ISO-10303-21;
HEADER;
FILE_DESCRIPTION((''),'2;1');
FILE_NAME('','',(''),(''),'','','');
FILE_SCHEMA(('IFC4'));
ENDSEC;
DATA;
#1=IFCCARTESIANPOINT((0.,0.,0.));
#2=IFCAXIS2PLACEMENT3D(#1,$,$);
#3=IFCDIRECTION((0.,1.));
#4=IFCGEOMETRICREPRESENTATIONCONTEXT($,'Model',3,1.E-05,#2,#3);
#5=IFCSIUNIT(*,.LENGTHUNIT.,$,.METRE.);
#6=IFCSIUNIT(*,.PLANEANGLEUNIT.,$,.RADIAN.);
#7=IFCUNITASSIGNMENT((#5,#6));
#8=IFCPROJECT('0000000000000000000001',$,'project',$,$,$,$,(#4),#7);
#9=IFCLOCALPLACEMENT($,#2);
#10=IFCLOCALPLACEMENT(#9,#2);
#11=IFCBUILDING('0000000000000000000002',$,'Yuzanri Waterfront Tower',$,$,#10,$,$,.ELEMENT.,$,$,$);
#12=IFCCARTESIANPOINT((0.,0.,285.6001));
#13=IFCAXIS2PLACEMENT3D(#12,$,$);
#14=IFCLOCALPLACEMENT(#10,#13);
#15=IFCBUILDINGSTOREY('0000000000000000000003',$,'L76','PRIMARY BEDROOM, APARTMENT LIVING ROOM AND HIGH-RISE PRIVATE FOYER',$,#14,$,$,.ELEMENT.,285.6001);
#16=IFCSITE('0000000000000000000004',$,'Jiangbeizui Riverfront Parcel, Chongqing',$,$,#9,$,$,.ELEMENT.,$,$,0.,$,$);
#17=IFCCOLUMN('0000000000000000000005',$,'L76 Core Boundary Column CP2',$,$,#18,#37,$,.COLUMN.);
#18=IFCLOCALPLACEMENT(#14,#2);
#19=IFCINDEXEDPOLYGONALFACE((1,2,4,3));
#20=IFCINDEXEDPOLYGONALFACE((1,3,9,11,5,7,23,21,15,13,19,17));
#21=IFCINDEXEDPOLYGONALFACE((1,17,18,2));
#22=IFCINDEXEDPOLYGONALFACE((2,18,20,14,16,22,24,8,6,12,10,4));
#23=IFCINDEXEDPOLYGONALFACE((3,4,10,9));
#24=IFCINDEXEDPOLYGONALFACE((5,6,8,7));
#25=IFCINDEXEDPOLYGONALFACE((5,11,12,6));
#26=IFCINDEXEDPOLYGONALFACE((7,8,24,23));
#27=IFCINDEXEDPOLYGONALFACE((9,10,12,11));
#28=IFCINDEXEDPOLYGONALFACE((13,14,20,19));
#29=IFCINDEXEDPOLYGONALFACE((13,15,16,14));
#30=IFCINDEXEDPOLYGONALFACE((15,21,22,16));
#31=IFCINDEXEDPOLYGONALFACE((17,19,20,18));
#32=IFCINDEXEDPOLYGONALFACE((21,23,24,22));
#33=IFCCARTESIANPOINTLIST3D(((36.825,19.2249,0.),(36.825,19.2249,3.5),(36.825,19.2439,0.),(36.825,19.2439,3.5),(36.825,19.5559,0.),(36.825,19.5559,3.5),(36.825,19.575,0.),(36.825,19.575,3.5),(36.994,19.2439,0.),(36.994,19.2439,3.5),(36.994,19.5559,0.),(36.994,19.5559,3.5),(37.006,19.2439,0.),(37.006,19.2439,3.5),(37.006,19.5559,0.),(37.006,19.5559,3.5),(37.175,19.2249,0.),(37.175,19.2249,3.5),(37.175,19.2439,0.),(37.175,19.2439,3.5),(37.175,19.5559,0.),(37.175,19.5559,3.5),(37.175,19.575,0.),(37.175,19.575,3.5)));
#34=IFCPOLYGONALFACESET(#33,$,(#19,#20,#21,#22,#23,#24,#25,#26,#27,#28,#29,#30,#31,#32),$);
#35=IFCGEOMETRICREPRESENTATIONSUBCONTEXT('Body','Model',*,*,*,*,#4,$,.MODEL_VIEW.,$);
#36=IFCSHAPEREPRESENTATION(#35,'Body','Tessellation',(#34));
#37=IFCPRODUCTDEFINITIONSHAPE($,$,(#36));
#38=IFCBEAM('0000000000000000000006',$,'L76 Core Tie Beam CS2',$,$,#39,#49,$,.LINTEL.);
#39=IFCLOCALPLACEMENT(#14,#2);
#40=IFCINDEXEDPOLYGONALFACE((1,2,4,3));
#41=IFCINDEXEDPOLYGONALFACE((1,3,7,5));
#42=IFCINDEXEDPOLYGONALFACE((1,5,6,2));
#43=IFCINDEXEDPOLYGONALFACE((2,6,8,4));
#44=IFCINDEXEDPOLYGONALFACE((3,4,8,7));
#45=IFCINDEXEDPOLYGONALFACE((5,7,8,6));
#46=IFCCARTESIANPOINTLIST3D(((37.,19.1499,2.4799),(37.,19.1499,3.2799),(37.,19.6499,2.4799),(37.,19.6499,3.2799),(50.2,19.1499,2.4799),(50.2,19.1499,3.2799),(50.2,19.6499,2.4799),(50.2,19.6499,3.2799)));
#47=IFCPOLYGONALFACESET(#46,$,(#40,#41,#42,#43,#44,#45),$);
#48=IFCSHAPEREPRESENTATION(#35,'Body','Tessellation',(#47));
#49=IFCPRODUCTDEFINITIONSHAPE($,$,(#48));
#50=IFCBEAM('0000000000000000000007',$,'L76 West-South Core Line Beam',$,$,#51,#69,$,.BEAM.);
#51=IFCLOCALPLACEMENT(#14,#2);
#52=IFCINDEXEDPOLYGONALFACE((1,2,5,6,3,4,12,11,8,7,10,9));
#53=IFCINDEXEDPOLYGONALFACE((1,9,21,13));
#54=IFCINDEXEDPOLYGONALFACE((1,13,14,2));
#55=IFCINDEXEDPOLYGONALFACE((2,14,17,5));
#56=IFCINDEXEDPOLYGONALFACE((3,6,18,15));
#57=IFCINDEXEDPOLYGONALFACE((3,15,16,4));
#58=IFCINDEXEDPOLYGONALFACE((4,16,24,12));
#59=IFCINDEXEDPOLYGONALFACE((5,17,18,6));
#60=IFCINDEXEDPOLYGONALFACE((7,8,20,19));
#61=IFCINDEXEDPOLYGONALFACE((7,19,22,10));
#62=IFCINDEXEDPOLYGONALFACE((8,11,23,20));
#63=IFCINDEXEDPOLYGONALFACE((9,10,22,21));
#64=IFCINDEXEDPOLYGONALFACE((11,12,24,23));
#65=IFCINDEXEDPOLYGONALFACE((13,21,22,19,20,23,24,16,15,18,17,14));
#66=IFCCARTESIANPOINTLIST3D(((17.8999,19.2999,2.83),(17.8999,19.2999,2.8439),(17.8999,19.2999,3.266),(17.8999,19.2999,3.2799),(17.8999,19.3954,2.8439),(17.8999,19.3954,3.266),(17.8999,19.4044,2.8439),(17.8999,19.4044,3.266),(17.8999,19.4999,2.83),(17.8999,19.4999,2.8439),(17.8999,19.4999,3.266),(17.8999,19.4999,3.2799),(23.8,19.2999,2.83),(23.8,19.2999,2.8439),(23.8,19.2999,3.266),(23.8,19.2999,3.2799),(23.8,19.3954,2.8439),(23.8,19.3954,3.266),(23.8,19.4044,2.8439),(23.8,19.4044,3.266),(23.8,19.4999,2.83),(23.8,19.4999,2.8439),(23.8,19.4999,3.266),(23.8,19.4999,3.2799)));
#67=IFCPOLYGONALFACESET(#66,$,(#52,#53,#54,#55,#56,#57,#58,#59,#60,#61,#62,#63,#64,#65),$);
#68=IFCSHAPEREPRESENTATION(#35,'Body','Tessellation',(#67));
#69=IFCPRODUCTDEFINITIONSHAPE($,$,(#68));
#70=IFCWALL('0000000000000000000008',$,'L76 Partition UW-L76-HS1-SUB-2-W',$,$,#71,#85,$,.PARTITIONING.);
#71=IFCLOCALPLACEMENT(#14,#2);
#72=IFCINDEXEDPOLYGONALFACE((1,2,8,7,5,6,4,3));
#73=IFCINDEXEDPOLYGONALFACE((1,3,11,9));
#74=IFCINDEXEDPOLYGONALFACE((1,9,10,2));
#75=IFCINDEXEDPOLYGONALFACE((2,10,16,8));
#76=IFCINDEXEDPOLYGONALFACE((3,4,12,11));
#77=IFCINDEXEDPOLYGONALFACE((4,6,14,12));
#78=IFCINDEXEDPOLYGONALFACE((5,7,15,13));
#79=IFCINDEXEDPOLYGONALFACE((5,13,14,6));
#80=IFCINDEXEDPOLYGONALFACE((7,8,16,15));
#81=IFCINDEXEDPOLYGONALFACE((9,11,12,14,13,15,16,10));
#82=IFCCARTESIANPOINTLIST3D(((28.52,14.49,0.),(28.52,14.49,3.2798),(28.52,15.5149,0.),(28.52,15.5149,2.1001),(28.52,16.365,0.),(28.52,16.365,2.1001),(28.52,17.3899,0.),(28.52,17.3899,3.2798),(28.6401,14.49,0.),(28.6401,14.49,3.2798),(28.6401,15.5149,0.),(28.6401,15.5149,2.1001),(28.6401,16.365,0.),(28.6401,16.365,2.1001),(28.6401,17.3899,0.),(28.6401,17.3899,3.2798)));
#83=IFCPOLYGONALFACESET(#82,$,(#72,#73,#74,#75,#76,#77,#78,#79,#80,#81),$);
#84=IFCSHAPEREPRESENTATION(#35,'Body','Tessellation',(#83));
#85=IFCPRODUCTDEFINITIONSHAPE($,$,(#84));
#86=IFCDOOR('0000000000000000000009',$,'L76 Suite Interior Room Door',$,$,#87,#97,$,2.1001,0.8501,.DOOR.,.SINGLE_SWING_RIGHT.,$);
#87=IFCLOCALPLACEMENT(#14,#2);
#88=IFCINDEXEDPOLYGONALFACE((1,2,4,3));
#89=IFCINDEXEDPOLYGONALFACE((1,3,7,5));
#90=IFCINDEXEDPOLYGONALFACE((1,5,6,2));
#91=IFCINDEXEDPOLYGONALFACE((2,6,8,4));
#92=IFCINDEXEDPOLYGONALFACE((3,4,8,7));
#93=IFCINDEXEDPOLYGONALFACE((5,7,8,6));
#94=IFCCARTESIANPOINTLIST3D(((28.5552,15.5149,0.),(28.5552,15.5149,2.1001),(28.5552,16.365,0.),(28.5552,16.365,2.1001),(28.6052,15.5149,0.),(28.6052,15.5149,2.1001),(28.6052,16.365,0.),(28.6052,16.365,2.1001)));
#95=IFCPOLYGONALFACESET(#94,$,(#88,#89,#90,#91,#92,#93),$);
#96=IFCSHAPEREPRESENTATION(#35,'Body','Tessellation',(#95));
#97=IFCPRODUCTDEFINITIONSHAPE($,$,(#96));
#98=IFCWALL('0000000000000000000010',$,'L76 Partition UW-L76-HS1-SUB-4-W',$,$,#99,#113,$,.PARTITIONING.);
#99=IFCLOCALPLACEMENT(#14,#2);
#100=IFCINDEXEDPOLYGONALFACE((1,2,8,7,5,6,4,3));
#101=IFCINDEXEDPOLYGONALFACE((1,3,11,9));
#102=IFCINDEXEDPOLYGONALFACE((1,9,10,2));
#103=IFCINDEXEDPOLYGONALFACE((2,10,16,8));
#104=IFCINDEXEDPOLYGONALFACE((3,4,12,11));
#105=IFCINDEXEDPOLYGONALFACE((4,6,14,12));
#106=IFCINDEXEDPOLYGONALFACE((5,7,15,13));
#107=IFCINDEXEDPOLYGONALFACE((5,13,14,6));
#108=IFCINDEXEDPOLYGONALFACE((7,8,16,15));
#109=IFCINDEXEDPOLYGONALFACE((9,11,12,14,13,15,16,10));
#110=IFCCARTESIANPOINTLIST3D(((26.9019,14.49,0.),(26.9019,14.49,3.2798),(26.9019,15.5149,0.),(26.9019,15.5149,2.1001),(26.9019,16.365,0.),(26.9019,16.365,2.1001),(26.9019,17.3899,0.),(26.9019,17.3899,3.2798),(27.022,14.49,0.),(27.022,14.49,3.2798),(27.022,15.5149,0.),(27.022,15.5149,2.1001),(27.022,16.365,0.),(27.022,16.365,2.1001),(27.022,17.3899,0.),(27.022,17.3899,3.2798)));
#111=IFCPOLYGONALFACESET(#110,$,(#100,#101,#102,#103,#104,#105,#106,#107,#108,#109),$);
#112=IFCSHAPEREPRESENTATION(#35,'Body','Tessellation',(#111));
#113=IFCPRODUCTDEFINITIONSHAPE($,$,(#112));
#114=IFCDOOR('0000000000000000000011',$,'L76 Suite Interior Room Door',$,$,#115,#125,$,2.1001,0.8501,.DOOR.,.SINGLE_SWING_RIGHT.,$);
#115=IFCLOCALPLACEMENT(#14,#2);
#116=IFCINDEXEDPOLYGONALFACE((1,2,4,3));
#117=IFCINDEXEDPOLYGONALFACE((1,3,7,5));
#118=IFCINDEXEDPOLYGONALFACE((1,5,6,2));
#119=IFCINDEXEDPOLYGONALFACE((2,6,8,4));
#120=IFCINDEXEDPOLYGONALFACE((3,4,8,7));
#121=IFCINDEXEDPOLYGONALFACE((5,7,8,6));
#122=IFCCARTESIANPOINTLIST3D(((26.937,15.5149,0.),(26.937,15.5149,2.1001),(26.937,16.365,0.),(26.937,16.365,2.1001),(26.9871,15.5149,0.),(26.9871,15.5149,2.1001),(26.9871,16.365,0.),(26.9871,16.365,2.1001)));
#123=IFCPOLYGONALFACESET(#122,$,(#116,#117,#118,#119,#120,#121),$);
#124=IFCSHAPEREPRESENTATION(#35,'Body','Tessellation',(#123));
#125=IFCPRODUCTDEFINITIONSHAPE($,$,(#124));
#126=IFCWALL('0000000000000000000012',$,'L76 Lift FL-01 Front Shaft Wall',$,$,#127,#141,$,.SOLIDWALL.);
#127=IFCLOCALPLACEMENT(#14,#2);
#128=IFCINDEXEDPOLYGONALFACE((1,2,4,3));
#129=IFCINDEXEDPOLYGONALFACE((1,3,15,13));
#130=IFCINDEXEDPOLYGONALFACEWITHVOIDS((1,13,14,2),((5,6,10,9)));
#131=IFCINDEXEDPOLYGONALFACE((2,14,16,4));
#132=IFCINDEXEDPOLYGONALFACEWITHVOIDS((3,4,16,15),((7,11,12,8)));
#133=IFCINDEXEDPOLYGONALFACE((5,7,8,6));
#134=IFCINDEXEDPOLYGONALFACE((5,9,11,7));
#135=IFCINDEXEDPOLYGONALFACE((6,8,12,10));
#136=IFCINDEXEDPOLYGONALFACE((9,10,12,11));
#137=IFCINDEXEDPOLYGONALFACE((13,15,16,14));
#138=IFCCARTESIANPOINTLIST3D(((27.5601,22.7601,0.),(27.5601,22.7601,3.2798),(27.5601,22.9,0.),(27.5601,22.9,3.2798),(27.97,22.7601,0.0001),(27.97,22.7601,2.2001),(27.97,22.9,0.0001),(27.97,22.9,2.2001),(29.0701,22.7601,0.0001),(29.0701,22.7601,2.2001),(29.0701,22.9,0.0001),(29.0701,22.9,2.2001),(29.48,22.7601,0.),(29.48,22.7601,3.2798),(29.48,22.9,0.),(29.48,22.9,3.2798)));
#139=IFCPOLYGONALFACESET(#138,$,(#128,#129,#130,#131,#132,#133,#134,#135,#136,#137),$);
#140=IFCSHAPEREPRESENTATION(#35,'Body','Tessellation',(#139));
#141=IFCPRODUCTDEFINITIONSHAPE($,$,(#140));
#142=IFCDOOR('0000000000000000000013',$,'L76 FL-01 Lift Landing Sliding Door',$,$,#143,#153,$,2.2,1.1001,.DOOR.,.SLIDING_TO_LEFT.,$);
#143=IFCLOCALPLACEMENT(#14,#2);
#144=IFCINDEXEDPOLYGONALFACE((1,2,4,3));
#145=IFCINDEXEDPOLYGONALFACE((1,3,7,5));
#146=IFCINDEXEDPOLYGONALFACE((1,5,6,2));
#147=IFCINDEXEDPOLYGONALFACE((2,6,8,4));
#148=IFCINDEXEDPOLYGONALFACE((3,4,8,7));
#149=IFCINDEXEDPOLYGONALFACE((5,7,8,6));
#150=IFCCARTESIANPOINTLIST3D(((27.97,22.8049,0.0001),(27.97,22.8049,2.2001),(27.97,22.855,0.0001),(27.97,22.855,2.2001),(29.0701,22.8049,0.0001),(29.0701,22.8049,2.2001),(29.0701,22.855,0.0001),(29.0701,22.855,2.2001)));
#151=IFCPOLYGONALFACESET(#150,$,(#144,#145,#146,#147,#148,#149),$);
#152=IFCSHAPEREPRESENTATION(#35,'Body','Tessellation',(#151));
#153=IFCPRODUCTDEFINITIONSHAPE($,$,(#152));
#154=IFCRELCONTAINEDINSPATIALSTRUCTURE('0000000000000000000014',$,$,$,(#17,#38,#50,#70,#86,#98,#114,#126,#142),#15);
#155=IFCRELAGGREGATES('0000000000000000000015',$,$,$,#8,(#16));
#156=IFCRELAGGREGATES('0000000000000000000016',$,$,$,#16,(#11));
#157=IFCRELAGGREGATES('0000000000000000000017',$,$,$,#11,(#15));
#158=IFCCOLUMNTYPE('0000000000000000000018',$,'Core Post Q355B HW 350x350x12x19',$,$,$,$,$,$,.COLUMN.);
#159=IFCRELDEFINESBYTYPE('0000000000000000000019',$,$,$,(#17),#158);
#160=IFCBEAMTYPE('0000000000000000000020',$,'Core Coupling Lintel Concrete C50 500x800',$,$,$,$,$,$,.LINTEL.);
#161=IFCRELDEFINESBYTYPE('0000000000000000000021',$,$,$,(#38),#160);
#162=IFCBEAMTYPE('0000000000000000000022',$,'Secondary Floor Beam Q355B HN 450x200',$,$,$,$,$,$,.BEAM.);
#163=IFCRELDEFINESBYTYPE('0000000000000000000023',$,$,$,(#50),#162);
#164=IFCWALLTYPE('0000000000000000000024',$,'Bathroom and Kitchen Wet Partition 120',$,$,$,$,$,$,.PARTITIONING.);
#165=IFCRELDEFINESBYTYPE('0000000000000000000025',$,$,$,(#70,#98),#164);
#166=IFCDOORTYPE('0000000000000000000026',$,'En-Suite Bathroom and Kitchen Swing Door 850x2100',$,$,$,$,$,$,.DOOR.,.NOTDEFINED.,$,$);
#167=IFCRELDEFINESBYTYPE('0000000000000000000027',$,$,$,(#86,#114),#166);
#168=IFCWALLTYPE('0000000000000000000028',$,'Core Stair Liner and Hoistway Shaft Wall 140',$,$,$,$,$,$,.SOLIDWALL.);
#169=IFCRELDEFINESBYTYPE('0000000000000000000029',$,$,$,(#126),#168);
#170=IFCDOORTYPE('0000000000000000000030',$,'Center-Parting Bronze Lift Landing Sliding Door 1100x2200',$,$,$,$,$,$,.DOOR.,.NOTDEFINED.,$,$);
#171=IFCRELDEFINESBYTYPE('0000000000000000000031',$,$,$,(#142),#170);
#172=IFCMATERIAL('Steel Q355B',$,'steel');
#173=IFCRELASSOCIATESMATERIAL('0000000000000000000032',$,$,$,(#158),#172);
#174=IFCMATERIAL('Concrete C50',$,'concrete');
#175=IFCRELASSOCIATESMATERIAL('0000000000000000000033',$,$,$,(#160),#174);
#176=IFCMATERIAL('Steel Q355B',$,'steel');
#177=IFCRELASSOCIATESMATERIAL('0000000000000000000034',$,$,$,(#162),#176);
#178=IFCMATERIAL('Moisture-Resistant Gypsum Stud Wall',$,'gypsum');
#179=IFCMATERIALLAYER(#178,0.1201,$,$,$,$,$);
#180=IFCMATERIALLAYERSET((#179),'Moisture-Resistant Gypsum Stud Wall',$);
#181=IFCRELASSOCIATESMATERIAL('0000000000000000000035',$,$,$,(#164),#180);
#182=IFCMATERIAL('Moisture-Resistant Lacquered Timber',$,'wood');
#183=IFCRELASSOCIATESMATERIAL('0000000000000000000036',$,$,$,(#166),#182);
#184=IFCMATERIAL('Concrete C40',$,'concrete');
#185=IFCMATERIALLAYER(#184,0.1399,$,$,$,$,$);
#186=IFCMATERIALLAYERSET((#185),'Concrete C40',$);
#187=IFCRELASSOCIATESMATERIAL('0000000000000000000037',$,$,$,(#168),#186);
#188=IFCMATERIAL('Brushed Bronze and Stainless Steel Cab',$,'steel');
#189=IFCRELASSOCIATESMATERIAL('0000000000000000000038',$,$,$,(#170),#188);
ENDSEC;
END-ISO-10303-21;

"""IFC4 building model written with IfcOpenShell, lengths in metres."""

from ifc_helpers import new_model, si_unit, direction, frame, frame_2d, origin, origin_2d, place, context, subcontext, project, spatial, rectangle, i_section, extrude, source, transform, mapped, material, layer, layer_set, material_profile, profile_set, type_object, element, fill, save


model = new_model("IFC4")

# Units and contexts
model_context = context("Model", 3, precision=1e-05, world=origin(), true_north=direction((0.0, 1.0)))
body_context = subcontext(model_context, "Body", "Model", "MODEL_VIEW")
ifc_project = project(units=[si_unit("LENGTHUNIT", "METRE"), si_unit("PLANEANGLEUNIT", "RADIAN")], contexts=[model_context])

# Site, building, storey
site_placement = place(None, origin())
site = spatial("IfcSite", under=ifc_project, at=site_placement, Name="Jiangbeizui Riverfront Parcel, Chongqing", CompositionType="ELEMENT", RefElevation=0.0)
building_placement = place(site_placement, origin())
building = spatial("IfcBuilding", under=site, at=building_placement, Name="Yuzanri Waterfront Tower", CompositionType="ELEMENT")
storey_placement = place(building_placement, frame((0.0, 0.0, 285.6001)))
storey = spatial("IfcBuildingStorey", under=building, at=storey_placement, Name="L76", Description="PRIMARY BEDROOM, APARTMENT LIVING ROOM AND HIGH-RISE PRIVATE FOYER", CompositionType="ELEMENT", Elevation=285.6001)

# Column
ifc_material_1 = material(Name="Steel Q355B", Category="steel")
ifc_material_profile_1 = material_profile(ifc_material_1, i_section(OverallWidth=0.3501, OverallDepth=0.3501, WebThickness=0.012, FlangeThickness=0.019, at=origin_2d()), Name="HW 350x350x12x19")
ifc_profile_set_1 = profile_set([ifc_material_profile_1], Name="Steel Q355B")
column_type = type_object("IfcColumnType", Name="Core Post Q355B HW 350x350x12x19", PredefinedType="COLUMN", material=ifc_profile_set_1)
shared_shape_1 = source(origin(), body_context, "Body", "SweptSolid", [
    extrude(i_section(OverallWidth=0.3501, OverallDepth=0.3501, WebThickness=0.012, FlangeThickness=0.019, at=origin_2d()), origin(), (0.0, 0.0, 1.0), 3.5),
])
column_placement = place(storey_placement, frame((37.0, 19.3999, 0.0), z_axis=(0.0, 0.0, 1.0), x_axis=(1.0, 0.0, 0.0)))
element("IfcColumn", 1, at=column_placement, inside=storey, type_object=column_type, Name="L76 Core Boundary Column CP2", PredefinedType="COLUMN", context=body_context, shape_type="MappedRepresentation", body=[
    mapped(shared_shape_1, transform((0.0, 0.0, 0.0), scale=1.0)),
])

# Beams
ifc_material_2 = material(Name="Concrete C50", Category="concrete")
ifc_material_profile_2 = material_profile(ifc_material_2, rectangle(XDim=0.5, YDim=0.8, at=origin_2d()), Name="RC 500x800")
ifc_profile_set_2 = profile_set([ifc_material_profile_2], Name="Concrete C50")
beam_type_1 = type_object("IfcBeamType", Name="Core Coupling Lintel Concrete C50 500x800", PredefinedType="LINTEL", material=ifc_profile_set_2)
shared_shape_2 = source(origin(), body_context, "Body", "SweptSolid", [
    extrude(rectangle(XDim=0.5, YDim=0.8, at=origin_2d()), origin(), (0.0, 0.0, 1.0), 13.2),
])
beam_1_placement = place(storey_placement, frame((37.0, 19.3999, 2.8799), z_axis=(1.0, 0.0, 0.0), x_axis=(0.0, 1.0, 0.0)))
element("IfcBeam", 2, at=beam_1_placement, inside=storey, type_object=beam_type_1, Name="L76 Core Tie Beam CS2", PredefinedType="LINTEL", context=body_context, shape_type="MappedRepresentation", body=[
    mapped(shared_shape_2, transform((0.0, 0.0, 0.0), scale=1.0)),
])
ifc_material_3 = material(Name="Steel Q355B", Category="steel")
ifc_material_profile_3 = material_profile(ifc_material_3, i_section(OverallWidth=0.2, OverallDepth=0.45, WebThickness=0.009, FlangeThickness=0.0139, at=origin_2d()), Name="HN 450x200x9x14")
ifc_profile_set_3 = profile_set([ifc_material_profile_3], Name="Steel Q355B")
beam_type_2 = type_object("IfcBeamType", Name="Secondary Floor Beam Q355B HN 450x200", PredefinedType="BEAM", material=ifc_profile_set_3)
shared_shape_3 = source(origin(), body_context, "Body", "SweptSolid", [
    extrude(i_section(OverallWidth=0.2, OverallDepth=0.45, WebThickness=0.009, FlangeThickness=0.0139, at=origin_2d()), origin(), (0.0, 0.0, 1.0), 5.9001),
])
beam_2_placement = place(storey_placement, frame((23.8, 19.3999, 3.0549), z_axis=(-1.0, 0.0, 0.0), x_axis=(0.0, -1.0, 0.0)))
element("IfcBeam", 3, at=beam_2_placement, inside=storey, type_object=beam_type_2, Name="L76 West-South Core Line Beam", PredefinedType="BEAM", context=body_context, shape_type="MappedRepresentation", body=[
    mapped(shared_shape_3, transform((0.0, 0.0, 0.0), scale=1.0)),
])

# Walls, openings, doors
ifc_material_4 = material(Name="Moisture-Resistant Gypsum Stud Wall", Category="gypsum")
ifc_layer_1 = layer(ifc_material_4, 0.1201)
ifc_layer_set_1 = layer_set([ifc_layer_1], Name="Moisture-Resistant Gypsum Stud Wall")
wall_type_1 = type_object("IfcWallType", Name="Bathroom and Kitchen Wet Partition 120", PredefinedType="PARTITIONING", material=ifc_layer_set_1)
wall_1_placement = place(storey_placement, frame((28.5801, 14.49, 0.0), z_axis=(0.0, 0.0, 1.0), x_axis=(0.0, 1.0, 0.0)))
wall_1 = element("IfcWall", 4, at=wall_1_placement, inside=storey, type_object=wall_type_1, Name="L76 Partition UW-L76-HS1-SUB-2-W", PredefinedType="PARTITIONING", context=body_context, shape_type="SweptSolid", body=[
    extrude(rectangle(XDim=2.8999, YDim=0.1201, at=frame_2d((1.45, 0.0))), origin(), (0.0, 0.0, 1.0), 3.2798),
])
opening_1_placement = place(wall_1_placement, frame((1.0249, 0.0, 0.0)))
opening_1 = element("IfcOpeningElement", 5, at=opening_1_placement, cuts=wall_1, PredefinedType="OPENING", context=body_context, shape_type="SweptSolid", body=[
    extrude(rectangle(XDim=0.8501, YDim=2.1001, at=frame_2d((0.425, 1.05))), frame((0.0, 0.075, 0.0), z_axis=(0.0, -1.0, 0.0), x_axis=(1.0, 0.0, 0.0)), (0.0, 0.0, 1.0), 0.1499),
])
ifc_material_5 = material(Name="Moisture-Resistant Lacquered Timber", Category="wood")
door_type_1 = type_object("IfcDoorType", Name="En-Suite Bathroom and Kitchen Swing Door 850x2100", OperationType="NOTDEFINED", PredefinedType="DOOR", material=ifc_material_5)
shared_shape_4 = source(origin(), body_context, "Body", "SweptSolid", [
    extrude(rectangle(XDim=0.8501, YDim=2.1001, at=frame_2d((0.425, 1.05))), frame((0.0, 0.0249, 0.0), z_axis=(0.0, -1.0, 0.0), x_axis=(1.0, 0.0, 0.0)), (0.0, 0.0, 1.0), 0.05),
])
door_1_placement = place(opening_1_placement, origin())
door_1 = element("IfcDoor", 6, at=door_1_placement, inside=storey, type_object=door_type_1, Name="L76 Suite Interior Room Door", OperationType="SINGLE_SWING_RIGHT", OverallHeight=2.1001, OverallWidth=0.8501, PredefinedType="DOOR", context=body_context, shape_type="MappedRepresentation", body=[
    mapped(shared_shape_4, transform((0.0, 0.0, 0.0), scale=1.0)),
])
fill(opening_1, door_1)
wall_2_placement = place(storey_placement, frame((26.9619, 14.49, 0.0), z_axis=(0.0, 0.0, 1.0), x_axis=(0.0, 1.0, 0.0)))
wall_2 = element("IfcWall", 7, at=wall_2_placement, inside=storey, type_object=wall_type_1, Name="L76 Partition UW-L76-HS1-SUB-4-W", PredefinedType="PARTITIONING", context=body_context, shape_type="SweptSolid", body=[
    extrude(rectangle(XDim=2.8999, YDim=0.1201, at=frame_2d((1.45, 0.0))), origin(), (0.0, 0.0, 1.0), 3.2798),
])
opening_2_placement = place(wall_2_placement, frame((1.0249, 0.0, 0.0)))
opening_2 = element("IfcOpeningElement", 8, at=opening_2_placement, cuts=wall_2, PredefinedType="OPENING", context=body_context, shape_type="SweptSolid", body=[
    extrude(rectangle(XDim=0.8501, YDim=2.1001, at=frame_2d((0.425, 1.05))), frame((0.0, 0.075, 0.0), z_axis=(0.0, -1.0, 0.0), x_axis=(1.0, 0.0, 0.0)), (0.0, 0.0, 1.0), 0.1499),
])
door_2_placement = place(opening_2_placement, origin())
door_2 = element("IfcDoor", 9, at=door_2_placement, inside=storey, type_object=door_type_1, Name="L76 Suite Interior Room Door", OperationType="SINGLE_SWING_RIGHT", OverallHeight=2.1001, OverallWidth=0.8501, PredefinedType="DOOR", context=body_context, shape_type="MappedRepresentation", body=[
    mapped(shared_shape_4, transform((0.0, 0.0, 0.0), scale=1.0)),
])
fill(opening_2, door_2)
ifc_material_6 = material(Name="Concrete C40", Category="concrete")
ifc_layer_2 = layer(ifc_material_6, 0.1399)
ifc_layer_set_2 = layer_set([ifc_layer_2], Name="Concrete C40")
wall_type_2 = type_object("IfcWallType", Name="Core Stair Liner and Hoistway Shaft Wall 140", PredefinedType="SOLIDWALL", material=ifc_layer_set_2)
wall_3_placement = place(storey_placement, frame((27.5601, 22.8301, 0.0), z_axis=(0.0, 0.0, 1.0), x_axis=(1.0, 0.0, 0.0)))
wall_3 = element("IfcWall", 10, at=wall_3_placement, inside=storey, type_object=wall_type_2, Name="L76 Lift FL-01 Front Shaft Wall", PredefinedType="SOLIDWALL", context=body_context, shape_type="SweptSolid", body=[
    extrude(rectangle(XDim=1.9199, YDim=0.1399, at=frame_2d((0.96, 0.0))), origin(), (0.0, 0.0, 1.0), 3.2798),
])
opening_3_placement = place(wall_3_placement, frame((0.4099, 0.0, 0.0)))
opening_3 = element("IfcOpeningElement", 11, at=opening_3_placement, cuts=wall_3, PredefinedType="OPENING", context=body_context, shape_type="SweptSolid", body=[
    extrude(rectangle(XDim=1.1001, YDim=2.2, at=frame_2d((0.55, 1.1001))), frame((0.0, 0.085, 0.0), z_axis=(0.0, -1.0, 0.0), x_axis=(1.0, 0.0, 0.0)), (0.0, 0.0, 1.0), 0.1697),
])
ifc_material_7 = material(Name="Brushed Bronze and Stainless Steel Cab", Category="steel")
door_type_2 = type_object("IfcDoorType", Name="Center-Parting Bronze Lift Landing Sliding Door 1100x2200", OperationType="NOTDEFINED", PredefinedType="DOOR", material=ifc_material_7)
shared_shape_5 = source(origin(), body_context, "Body", "SweptSolid", [
    extrude(rectangle(XDim=1.1001, YDim=2.2, at=frame_2d((0.55, 1.1001))), frame((0.0, 0.0249, 0.0), z_axis=(0.0, -1.0, 0.0), x_axis=(1.0, 0.0, 0.0)), (0.0, 0.0, 1.0), 0.05),
])
door_3_placement = place(opening_3_placement, origin())
door_3 = element("IfcDoor", 12, at=door_3_placement, inside=storey, type_object=door_type_2, Name="L76 FL-01 Lift Landing Sliding Door", OperationType="SLIDING_TO_LEFT", OverallHeight=2.2, OverallWidth=1.1001, PredefinedType="DOOR", context=body_context, shape_type="MappedRepresentation", body=[
    mapped(shared_shape_5, transform((0.0, 0.0, 0.0), scale=1.0)),
])
fill(opening_3, door_3)

save(model, "model.ifc")
